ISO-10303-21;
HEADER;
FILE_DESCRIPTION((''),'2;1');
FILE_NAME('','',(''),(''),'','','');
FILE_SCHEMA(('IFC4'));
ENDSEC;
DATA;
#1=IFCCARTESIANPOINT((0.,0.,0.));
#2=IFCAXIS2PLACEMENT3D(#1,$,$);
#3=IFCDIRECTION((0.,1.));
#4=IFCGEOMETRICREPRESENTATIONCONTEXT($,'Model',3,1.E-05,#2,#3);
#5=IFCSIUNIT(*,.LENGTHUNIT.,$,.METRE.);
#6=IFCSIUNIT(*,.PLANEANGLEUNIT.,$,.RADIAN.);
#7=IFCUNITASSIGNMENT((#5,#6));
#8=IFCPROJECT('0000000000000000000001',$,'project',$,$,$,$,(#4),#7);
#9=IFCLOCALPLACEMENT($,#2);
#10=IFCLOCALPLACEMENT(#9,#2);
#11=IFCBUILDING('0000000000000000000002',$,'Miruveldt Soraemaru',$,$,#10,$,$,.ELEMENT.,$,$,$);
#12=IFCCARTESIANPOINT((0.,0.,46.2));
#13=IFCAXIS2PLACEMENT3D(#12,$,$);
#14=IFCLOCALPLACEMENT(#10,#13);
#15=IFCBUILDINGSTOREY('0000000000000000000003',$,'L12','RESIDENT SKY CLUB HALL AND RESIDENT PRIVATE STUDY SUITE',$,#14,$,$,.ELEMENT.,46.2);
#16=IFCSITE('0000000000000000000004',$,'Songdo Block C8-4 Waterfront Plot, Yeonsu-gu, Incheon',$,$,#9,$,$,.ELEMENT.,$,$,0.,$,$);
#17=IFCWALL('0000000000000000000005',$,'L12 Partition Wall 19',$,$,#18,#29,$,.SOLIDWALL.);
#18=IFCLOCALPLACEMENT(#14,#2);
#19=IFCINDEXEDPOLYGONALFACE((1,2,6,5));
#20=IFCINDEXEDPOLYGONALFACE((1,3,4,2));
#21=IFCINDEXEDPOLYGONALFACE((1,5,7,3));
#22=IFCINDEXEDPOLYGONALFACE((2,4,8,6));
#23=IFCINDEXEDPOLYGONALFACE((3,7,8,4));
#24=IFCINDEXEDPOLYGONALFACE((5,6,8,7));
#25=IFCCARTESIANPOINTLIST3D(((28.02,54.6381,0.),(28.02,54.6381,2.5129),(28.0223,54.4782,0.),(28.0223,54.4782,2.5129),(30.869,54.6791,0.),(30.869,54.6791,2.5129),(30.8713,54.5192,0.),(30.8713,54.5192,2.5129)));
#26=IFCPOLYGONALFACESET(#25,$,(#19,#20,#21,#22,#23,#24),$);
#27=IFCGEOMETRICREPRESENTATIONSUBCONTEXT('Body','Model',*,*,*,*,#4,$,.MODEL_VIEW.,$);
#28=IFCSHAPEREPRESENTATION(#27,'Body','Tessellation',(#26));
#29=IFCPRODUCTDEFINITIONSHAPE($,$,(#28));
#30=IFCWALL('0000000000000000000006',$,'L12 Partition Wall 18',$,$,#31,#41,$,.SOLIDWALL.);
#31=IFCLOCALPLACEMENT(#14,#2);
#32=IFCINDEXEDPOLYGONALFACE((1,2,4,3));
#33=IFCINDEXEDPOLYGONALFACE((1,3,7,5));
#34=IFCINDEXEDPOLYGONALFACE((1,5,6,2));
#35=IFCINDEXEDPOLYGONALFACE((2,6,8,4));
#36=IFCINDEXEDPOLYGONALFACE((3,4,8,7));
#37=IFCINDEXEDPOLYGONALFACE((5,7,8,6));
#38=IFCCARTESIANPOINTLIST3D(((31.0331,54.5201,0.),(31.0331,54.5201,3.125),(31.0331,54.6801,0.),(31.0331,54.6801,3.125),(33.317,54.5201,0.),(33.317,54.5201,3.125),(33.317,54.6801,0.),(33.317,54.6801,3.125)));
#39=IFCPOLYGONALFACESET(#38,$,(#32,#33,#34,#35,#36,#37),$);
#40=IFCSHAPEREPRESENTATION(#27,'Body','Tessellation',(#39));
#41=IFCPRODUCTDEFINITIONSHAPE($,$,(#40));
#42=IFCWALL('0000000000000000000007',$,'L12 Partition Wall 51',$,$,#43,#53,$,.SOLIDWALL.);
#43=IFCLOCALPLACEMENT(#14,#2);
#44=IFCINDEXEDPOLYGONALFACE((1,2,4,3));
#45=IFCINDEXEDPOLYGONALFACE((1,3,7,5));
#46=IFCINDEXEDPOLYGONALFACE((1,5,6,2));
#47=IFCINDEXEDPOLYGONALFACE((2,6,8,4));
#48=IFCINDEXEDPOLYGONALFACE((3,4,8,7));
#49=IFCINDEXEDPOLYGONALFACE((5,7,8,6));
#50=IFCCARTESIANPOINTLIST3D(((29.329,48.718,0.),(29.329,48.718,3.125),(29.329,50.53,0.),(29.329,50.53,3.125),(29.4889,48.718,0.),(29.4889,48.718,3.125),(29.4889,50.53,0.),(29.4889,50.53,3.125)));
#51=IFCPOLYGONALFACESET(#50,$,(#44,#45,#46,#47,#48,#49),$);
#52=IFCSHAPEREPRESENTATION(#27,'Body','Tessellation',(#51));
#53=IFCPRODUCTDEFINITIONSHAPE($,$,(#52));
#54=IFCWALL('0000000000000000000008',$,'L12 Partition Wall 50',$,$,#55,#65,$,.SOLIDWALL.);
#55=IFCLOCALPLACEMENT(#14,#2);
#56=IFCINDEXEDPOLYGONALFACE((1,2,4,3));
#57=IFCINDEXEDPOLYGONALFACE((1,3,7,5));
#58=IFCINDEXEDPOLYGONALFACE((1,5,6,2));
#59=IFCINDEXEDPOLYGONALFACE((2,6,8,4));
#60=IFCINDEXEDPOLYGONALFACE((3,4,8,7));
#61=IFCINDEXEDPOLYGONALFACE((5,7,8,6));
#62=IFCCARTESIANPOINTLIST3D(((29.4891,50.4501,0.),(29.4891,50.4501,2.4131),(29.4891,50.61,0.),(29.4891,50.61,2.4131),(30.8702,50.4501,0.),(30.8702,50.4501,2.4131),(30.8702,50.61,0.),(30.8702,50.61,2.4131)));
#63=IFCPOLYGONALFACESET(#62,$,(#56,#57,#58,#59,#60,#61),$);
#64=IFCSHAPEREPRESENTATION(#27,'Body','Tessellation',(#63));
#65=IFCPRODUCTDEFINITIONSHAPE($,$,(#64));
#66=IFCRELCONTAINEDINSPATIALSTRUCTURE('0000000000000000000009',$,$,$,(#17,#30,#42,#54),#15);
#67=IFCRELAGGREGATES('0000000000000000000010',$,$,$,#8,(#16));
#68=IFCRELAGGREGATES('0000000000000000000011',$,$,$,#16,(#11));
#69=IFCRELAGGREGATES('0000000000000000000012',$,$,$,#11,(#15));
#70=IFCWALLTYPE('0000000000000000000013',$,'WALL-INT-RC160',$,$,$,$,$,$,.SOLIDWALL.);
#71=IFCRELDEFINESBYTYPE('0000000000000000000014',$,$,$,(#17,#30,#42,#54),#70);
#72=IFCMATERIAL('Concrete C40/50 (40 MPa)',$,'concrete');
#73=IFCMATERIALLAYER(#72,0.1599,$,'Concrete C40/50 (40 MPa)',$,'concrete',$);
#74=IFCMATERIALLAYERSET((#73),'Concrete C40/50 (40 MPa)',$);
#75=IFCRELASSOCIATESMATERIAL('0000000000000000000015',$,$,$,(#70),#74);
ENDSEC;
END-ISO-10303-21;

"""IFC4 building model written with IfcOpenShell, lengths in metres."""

from ifc_helpers import new_model, si_unit, direction, frame, frame_2d, origin, place, context, subcontext, project, spatial, rectangle, extrude, material, layer, layer_set, type_object, element, save


model = new_model("IFC4")

# Units and contexts
model_context = context("Model", 3, precision=1e-05, world=origin(), true_north=direction((0.0, 1.0)))
body_context = subcontext(model_context, "Body", "Model", "MODEL_VIEW")
ifc_project = project(units=[si_unit("LENGTHUNIT", "METRE"), si_unit("PLANEANGLEUNIT", "RADIAN")], contexts=[model_context])

# Site, building, storey
site_placement = place(None, origin())
site = spatial("IfcSite", under=ifc_project, at=site_placement, Name="Songdo Block C8-4 Waterfront Plot, Yeonsu-gu, Incheon", CompositionType="ELEMENT", RefElevation=0.0)
building_placement = place(site_placement, origin())
building = spatial("IfcBuilding", under=site, at=building_placement, Name="Miruveldt Soraemaru", CompositionType="ELEMENT")
storey_placement = place(building_placement, frame((0.0, 0.0, 46.2)))
storey = spatial("IfcBuildingStorey", under=building, at=storey_placement, Name="L12", Description="RESIDENT SKY CLUB HALL AND RESIDENT PRIVATE STUDY SUITE", CompositionType="ELEMENT", Elevation=46.2)

# Shared definitions
ifc_material_1 = material(Name="Concrete C40/50 (40 MPa)", Category="concrete")
ifc_layer_1 = layer(ifc_material_1, 0.1599, Name="Concrete C40/50 (40 MPa)", Category="concrete")
ifc_layer_set_1 = layer_set([ifc_layer_1], Name="Concrete C40/50 (40 MPa)")
wall_type_1 = type_object("IfcWallType", Name="WALL-INT-RC160", PredefinedType="SOLIDWALL", material=ifc_layer_set_1)

# Walls
wall_1_placement = place(storey_placement, frame((28.021, 54.5581, 0.0), z_axis=(0.0, 0.0, 1.0), x_axis=(0.999896, 0.014394, 0.0)))
element("IfcWall", 1, at=wall_1_placement, inside=storey, type_object=wall_type_1, Name="L12 Partition Wall 19", PredefinedType="SOLIDWALL", context=body_context, shape_type="SweptSolid", body=[
    extrude(rectangle(XDim=2.8494, YDim=0.1599, at=frame_2d((1.4248, 0.0))), origin(), (0.0, 0.0, 1.0), 2.5129),
])
wall_2_placement = place(storey_placement, frame((31.033, 54.6001, 0.0), z_axis=(0.0, 0.0, 1.0), x_axis=(1.0, 0.0, 0.0)))
element("IfcWall", 2, at=wall_2_placement, inside=storey, type_object=wall_type_1, Name="L12 Partition Wall 18", PredefinedType="SOLIDWALL", context=body_context, shape_type="SweptSolid", body=[
    extrude(rectangle(XDim=2.2839, YDim=0.1599, at=frame_2d((1.1421, 0.0))), origin(), (0.0, 0.0, 1.0), 3.125),
])
wall_3_placement = place(storey_placement, frame((29.4089, 50.53, 0.0), z_axis=(0.0, 0.0, 1.0), x_axis=(0.0, -1.0, 0.0)))
element("IfcWall", 3, at=wall_3_placement, inside=storey, type_object=wall_type_1, Name="L12 Partition Wall 51", PredefinedType="SOLIDWALL", context=body_context, shape_type="SweptSolid", body=[
    extrude(rectangle(XDim=1.812, YDim=0.1599, at=frame_2d((0.906, 0.0))), origin(), (0.0, 0.0, 1.0), 3.125),
])
wall_4_placement = place(storey_placement, frame((30.8701, 50.53, 0.0), z_axis=(0.0, 0.0, 1.0), x_axis=(-1.0, 0.0, 0.0)))
element("IfcWall", 4, at=wall_4_placement, inside=storey, type_object=wall_type_1, Name="L12 Partition Wall 50", PredefinedType="SOLIDWALL", context=body_context, shape_type="SweptSolid", body=[
    extrude(rectangle(XDim=1.3811, YDim=0.1599, at=frame_2d((0.6904, 0.0))), origin(), (0.0, 0.0, 1.0), 2.4131),
])

save(model, "model.ifc")
